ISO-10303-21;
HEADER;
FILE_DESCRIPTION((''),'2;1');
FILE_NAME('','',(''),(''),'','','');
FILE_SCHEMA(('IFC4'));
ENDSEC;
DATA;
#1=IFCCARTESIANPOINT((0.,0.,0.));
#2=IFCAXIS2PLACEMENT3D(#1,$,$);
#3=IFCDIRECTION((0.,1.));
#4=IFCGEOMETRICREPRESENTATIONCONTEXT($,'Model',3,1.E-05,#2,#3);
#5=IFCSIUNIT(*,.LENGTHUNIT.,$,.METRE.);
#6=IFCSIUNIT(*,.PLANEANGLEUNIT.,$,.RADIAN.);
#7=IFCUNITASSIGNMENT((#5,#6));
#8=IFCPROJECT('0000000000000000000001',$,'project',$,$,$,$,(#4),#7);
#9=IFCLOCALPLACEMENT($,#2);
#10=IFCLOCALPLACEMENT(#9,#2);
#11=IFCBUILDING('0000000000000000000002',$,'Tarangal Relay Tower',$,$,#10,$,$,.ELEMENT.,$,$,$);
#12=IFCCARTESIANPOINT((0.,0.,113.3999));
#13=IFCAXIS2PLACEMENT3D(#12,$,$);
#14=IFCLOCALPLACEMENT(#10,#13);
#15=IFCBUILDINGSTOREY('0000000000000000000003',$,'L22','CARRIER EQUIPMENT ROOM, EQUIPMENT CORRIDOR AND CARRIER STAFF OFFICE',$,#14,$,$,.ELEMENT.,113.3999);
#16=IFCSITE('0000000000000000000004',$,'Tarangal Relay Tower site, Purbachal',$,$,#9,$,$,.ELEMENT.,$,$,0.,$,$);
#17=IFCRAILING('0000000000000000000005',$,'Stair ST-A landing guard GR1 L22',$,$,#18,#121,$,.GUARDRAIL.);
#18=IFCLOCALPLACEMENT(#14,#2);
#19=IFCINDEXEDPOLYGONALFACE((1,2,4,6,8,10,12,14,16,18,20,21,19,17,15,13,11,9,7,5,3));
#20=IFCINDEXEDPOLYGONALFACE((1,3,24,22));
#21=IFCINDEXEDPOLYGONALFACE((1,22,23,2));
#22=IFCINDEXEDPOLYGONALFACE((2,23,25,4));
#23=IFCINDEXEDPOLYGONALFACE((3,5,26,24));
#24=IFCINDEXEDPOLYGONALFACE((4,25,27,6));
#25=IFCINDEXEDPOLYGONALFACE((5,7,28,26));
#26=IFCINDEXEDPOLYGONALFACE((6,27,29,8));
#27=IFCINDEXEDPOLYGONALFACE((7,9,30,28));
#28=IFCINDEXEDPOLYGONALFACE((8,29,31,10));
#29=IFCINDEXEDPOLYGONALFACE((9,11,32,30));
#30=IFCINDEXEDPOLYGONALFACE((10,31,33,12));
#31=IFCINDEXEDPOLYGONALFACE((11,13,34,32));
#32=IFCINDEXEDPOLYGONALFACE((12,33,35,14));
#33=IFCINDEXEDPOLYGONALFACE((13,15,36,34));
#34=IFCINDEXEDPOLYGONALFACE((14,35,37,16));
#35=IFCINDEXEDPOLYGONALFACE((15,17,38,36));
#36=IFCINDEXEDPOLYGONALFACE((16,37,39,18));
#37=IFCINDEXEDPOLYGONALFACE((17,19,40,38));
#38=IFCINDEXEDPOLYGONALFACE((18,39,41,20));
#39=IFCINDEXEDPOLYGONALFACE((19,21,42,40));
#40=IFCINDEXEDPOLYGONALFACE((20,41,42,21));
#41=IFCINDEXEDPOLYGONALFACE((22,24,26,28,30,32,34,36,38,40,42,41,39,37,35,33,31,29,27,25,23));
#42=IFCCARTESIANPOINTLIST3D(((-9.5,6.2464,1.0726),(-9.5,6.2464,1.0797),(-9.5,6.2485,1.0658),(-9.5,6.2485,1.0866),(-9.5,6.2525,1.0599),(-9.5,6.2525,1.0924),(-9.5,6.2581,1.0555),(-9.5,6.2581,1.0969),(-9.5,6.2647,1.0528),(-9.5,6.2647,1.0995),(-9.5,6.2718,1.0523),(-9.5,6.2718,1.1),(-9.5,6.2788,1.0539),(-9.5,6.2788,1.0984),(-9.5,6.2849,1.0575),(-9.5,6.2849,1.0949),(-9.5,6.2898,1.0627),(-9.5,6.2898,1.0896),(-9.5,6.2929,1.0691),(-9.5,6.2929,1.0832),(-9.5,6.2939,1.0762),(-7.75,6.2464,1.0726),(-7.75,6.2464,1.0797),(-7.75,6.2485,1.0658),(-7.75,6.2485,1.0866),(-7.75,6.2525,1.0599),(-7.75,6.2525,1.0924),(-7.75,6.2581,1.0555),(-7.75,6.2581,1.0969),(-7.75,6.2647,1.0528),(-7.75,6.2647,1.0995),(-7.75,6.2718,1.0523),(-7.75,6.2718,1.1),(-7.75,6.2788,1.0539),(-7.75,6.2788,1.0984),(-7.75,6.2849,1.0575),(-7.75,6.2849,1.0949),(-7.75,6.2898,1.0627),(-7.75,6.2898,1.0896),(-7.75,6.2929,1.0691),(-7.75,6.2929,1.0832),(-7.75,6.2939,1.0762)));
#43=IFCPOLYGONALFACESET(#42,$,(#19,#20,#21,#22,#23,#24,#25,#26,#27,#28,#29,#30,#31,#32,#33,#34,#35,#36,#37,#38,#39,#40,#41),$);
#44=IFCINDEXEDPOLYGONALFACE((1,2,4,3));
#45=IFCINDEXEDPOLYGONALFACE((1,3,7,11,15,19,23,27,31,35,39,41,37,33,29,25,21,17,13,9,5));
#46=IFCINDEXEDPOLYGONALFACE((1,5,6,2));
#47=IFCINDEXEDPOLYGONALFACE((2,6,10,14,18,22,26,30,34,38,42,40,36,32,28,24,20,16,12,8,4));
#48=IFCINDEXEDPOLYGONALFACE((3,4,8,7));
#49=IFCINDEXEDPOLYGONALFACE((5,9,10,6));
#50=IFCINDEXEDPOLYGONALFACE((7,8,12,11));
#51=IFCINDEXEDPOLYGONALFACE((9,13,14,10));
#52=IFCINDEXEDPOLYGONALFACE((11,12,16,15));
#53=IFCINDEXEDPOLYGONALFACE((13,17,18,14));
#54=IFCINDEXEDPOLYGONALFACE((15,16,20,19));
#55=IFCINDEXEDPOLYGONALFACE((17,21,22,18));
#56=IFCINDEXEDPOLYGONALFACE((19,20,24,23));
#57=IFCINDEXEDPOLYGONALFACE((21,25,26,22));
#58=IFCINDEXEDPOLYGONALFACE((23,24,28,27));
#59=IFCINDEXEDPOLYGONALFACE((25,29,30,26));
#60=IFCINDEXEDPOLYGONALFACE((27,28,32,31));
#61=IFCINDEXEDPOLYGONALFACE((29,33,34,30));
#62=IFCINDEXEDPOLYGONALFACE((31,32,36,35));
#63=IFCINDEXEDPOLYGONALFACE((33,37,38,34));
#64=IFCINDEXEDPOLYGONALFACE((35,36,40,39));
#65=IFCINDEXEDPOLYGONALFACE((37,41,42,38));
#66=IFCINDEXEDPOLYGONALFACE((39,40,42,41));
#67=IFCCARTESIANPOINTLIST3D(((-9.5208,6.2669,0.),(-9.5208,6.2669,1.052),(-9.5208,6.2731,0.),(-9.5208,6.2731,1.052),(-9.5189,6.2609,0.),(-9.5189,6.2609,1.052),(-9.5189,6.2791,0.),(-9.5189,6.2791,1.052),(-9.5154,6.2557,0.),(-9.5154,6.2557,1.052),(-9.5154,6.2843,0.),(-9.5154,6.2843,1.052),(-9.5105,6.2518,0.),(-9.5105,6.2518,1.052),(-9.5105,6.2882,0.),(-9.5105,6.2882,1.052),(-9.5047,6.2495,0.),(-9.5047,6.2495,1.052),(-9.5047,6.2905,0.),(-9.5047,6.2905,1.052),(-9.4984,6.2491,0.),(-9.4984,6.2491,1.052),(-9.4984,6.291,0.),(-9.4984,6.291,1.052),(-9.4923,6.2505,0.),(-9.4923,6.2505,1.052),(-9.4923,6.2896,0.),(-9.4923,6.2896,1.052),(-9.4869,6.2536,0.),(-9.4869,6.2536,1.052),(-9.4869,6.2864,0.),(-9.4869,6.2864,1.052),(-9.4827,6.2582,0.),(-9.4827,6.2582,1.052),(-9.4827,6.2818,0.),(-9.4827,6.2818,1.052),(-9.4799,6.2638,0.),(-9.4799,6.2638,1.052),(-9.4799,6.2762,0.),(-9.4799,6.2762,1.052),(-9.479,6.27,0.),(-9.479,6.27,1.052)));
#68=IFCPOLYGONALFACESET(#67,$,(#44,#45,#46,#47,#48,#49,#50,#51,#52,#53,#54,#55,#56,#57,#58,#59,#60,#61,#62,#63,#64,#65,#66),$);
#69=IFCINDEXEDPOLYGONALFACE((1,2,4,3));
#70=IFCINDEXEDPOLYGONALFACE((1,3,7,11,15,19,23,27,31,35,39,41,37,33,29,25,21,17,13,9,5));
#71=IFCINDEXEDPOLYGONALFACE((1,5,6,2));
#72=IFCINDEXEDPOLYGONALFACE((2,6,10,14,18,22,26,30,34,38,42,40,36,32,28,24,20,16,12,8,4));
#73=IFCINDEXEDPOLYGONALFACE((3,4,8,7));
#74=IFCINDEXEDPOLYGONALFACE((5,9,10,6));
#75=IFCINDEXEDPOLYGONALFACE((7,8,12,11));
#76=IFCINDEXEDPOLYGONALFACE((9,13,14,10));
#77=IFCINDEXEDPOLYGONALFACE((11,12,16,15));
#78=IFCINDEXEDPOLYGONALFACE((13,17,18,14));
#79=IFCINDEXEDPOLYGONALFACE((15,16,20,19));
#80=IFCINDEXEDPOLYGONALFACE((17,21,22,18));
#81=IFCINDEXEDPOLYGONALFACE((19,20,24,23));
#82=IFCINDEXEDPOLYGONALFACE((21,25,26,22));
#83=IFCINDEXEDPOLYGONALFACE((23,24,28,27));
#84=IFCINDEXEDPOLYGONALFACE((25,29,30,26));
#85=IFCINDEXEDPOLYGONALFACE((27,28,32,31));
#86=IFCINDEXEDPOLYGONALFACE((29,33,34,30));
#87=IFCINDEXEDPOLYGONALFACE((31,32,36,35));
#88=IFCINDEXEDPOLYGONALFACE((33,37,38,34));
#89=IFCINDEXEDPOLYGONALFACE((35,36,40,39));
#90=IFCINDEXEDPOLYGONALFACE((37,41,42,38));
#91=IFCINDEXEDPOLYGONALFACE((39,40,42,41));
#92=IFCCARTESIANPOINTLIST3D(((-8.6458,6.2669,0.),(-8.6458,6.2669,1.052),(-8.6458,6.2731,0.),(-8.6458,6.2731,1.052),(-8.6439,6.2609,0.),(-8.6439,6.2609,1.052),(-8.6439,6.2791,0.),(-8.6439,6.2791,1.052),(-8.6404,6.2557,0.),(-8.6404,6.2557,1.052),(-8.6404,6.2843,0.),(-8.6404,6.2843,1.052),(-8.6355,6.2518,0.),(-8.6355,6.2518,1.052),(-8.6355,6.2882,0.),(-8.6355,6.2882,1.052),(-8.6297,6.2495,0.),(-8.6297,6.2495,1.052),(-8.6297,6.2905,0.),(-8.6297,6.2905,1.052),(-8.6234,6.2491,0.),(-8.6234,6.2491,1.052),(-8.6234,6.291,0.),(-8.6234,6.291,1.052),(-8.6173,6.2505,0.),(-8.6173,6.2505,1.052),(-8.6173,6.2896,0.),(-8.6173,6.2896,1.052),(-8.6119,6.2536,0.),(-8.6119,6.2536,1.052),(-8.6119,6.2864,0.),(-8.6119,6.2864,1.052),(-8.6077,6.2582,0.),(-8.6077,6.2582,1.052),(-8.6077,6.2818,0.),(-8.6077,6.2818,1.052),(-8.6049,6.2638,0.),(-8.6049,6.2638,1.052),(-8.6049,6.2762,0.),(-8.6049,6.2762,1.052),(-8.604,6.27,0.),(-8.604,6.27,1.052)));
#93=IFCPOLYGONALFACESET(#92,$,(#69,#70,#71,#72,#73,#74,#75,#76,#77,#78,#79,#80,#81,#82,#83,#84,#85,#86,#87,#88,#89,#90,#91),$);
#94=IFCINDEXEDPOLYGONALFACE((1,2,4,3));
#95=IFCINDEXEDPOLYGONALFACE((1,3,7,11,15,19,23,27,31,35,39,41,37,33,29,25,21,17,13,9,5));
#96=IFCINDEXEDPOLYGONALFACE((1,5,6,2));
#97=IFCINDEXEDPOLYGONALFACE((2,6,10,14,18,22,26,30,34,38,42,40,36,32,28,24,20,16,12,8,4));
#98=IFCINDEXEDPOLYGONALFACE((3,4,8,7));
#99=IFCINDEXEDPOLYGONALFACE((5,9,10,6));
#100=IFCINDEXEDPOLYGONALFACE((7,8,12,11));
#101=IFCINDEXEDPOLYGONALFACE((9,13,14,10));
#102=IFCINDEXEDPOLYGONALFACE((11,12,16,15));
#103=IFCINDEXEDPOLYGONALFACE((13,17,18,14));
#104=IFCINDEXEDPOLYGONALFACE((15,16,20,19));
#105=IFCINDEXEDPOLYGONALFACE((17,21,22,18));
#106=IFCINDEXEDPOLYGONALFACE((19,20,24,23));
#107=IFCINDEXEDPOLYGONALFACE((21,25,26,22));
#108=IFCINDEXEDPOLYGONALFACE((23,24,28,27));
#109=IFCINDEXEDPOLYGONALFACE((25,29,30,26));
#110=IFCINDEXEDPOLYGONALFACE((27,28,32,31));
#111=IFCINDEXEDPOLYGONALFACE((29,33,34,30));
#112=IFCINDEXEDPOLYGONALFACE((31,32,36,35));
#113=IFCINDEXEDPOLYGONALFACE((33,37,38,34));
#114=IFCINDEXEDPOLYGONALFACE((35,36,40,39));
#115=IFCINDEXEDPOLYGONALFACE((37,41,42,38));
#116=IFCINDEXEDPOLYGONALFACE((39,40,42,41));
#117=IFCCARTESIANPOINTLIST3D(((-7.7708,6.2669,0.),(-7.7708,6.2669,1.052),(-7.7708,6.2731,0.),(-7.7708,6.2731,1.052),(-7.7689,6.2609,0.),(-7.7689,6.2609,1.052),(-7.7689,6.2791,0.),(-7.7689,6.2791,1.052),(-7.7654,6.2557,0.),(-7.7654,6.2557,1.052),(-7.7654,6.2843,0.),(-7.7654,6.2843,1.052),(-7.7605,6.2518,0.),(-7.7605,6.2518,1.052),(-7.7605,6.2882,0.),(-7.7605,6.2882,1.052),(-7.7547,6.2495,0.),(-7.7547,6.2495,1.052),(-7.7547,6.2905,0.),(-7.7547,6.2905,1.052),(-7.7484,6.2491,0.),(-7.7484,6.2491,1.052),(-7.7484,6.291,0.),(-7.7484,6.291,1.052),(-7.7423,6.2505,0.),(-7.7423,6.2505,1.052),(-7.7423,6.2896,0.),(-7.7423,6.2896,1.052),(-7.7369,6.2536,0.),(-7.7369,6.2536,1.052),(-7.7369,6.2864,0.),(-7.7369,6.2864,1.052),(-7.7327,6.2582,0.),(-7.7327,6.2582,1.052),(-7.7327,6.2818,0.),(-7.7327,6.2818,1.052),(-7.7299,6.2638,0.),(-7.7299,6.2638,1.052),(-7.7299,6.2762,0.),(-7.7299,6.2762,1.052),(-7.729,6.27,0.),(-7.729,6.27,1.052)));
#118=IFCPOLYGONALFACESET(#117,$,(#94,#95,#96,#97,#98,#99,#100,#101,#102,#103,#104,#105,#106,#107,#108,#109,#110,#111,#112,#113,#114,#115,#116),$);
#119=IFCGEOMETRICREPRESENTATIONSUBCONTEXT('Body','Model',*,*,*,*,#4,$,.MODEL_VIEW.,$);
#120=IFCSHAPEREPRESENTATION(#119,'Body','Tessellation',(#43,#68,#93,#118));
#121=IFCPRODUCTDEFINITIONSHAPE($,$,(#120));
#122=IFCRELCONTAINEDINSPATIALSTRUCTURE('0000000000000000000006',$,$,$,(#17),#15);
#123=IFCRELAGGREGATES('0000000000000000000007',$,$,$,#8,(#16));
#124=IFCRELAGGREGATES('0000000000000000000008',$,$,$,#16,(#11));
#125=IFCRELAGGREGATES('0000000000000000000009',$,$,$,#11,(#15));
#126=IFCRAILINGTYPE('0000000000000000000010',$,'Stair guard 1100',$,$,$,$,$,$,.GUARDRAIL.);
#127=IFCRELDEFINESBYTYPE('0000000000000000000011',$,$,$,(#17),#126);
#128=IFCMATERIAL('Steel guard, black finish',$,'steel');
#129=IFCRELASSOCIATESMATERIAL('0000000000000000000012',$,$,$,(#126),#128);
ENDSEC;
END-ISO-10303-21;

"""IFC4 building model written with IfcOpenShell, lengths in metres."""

from ifc_helpers import new_model, si_unit, direction, frame, origin, origin_2d, place, context, subcontext, project, spatial, circle, extrude, material, type_object, element, save


model = new_model("IFC4")

# Units and contexts
model_context = context("Model", 3, precision=1e-05, world=origin(), true_north=direction((0.0, 1.0)))
body_context = subcontext(model_context, "Body", "Model", "MODEL_VIEW")
ifc_project = project(units=[si_unit("LENGTHUNIT", "METRE"), si_unit("PLANEANGLEUNIT", "RADIAN")], contexts=[model_context])

# Site, building, storey
site_placement = place(None, origin())
site = spatial("IfcSite", under=ifc_project, at=site_placement, Name="Tarangal Relay Tower site, Purbachal", CompositionType="ELEMENT", RefElevation=0.0)
building_placement = place(site_placement, origin())
building = spatial("IfcBuilding", under=site, at=building_placement, Name="Tarangal Relay Tower", CompositionType="ELEMENT")
storey_placement = place(building_placement, frame((0.0, 0.0, 113.3999)))
storey = spatial("IfcBuildingStorey", under=building, at=storey_placement, Name="L22", Description="CARRIER EQUIPMENT ROOM, EQUIPMENT CORRIDOR AND CARRIER STAFF OFFICE", CompositionType="ELEMENT", Elevation=113.3999)

# Railing
ifc_material_1 = material(Name="Steel guard, black finish", Category="steel")
railing_type = type_object("IfcRailingType", Name="Stair guard 1100", PredefinedType="GUARDRAIL", material=ifc_material_1)
railing_1_placement = place(storey_placement, frame((-9.5, 6.27, 0.0)))
element("IfcRailing", 1, at=railing_1_placement, inside=storey, type_object=railing_type, Name="Stair ST-A landing guard GR1 L22", PredefinedType="GUARDRAIL", context=body_context, shape_type="SweptSolid", body=[
    extrude(circle(Radius=0.0239, at=origin_2d()), frame((0.0, 0.0, 1.0762), z_axis=(1.0, 0.0, 0.0), x_axis=(0.0, 1.0, 0.0)), (0.0, 0.0, 1.0), 1.75),
    extrude(circle(Radius=0.021, at=origin_2d()), origin(), (0.0, 0.0, 1.0), 1.052),
    extrude(circle(Radius=0.021, at=origin_2d()), frame((0.875, 0.0, 0.0)), (0.0, 0.0, 1.0), 1.052),
    extrude(circle(Radius=0.021, at=origin_2d()), frame((1.75, 0.0, 0.0)), (0.0, 0.0, 1.0), 1.052),
])

save(model, "model.ifc")
